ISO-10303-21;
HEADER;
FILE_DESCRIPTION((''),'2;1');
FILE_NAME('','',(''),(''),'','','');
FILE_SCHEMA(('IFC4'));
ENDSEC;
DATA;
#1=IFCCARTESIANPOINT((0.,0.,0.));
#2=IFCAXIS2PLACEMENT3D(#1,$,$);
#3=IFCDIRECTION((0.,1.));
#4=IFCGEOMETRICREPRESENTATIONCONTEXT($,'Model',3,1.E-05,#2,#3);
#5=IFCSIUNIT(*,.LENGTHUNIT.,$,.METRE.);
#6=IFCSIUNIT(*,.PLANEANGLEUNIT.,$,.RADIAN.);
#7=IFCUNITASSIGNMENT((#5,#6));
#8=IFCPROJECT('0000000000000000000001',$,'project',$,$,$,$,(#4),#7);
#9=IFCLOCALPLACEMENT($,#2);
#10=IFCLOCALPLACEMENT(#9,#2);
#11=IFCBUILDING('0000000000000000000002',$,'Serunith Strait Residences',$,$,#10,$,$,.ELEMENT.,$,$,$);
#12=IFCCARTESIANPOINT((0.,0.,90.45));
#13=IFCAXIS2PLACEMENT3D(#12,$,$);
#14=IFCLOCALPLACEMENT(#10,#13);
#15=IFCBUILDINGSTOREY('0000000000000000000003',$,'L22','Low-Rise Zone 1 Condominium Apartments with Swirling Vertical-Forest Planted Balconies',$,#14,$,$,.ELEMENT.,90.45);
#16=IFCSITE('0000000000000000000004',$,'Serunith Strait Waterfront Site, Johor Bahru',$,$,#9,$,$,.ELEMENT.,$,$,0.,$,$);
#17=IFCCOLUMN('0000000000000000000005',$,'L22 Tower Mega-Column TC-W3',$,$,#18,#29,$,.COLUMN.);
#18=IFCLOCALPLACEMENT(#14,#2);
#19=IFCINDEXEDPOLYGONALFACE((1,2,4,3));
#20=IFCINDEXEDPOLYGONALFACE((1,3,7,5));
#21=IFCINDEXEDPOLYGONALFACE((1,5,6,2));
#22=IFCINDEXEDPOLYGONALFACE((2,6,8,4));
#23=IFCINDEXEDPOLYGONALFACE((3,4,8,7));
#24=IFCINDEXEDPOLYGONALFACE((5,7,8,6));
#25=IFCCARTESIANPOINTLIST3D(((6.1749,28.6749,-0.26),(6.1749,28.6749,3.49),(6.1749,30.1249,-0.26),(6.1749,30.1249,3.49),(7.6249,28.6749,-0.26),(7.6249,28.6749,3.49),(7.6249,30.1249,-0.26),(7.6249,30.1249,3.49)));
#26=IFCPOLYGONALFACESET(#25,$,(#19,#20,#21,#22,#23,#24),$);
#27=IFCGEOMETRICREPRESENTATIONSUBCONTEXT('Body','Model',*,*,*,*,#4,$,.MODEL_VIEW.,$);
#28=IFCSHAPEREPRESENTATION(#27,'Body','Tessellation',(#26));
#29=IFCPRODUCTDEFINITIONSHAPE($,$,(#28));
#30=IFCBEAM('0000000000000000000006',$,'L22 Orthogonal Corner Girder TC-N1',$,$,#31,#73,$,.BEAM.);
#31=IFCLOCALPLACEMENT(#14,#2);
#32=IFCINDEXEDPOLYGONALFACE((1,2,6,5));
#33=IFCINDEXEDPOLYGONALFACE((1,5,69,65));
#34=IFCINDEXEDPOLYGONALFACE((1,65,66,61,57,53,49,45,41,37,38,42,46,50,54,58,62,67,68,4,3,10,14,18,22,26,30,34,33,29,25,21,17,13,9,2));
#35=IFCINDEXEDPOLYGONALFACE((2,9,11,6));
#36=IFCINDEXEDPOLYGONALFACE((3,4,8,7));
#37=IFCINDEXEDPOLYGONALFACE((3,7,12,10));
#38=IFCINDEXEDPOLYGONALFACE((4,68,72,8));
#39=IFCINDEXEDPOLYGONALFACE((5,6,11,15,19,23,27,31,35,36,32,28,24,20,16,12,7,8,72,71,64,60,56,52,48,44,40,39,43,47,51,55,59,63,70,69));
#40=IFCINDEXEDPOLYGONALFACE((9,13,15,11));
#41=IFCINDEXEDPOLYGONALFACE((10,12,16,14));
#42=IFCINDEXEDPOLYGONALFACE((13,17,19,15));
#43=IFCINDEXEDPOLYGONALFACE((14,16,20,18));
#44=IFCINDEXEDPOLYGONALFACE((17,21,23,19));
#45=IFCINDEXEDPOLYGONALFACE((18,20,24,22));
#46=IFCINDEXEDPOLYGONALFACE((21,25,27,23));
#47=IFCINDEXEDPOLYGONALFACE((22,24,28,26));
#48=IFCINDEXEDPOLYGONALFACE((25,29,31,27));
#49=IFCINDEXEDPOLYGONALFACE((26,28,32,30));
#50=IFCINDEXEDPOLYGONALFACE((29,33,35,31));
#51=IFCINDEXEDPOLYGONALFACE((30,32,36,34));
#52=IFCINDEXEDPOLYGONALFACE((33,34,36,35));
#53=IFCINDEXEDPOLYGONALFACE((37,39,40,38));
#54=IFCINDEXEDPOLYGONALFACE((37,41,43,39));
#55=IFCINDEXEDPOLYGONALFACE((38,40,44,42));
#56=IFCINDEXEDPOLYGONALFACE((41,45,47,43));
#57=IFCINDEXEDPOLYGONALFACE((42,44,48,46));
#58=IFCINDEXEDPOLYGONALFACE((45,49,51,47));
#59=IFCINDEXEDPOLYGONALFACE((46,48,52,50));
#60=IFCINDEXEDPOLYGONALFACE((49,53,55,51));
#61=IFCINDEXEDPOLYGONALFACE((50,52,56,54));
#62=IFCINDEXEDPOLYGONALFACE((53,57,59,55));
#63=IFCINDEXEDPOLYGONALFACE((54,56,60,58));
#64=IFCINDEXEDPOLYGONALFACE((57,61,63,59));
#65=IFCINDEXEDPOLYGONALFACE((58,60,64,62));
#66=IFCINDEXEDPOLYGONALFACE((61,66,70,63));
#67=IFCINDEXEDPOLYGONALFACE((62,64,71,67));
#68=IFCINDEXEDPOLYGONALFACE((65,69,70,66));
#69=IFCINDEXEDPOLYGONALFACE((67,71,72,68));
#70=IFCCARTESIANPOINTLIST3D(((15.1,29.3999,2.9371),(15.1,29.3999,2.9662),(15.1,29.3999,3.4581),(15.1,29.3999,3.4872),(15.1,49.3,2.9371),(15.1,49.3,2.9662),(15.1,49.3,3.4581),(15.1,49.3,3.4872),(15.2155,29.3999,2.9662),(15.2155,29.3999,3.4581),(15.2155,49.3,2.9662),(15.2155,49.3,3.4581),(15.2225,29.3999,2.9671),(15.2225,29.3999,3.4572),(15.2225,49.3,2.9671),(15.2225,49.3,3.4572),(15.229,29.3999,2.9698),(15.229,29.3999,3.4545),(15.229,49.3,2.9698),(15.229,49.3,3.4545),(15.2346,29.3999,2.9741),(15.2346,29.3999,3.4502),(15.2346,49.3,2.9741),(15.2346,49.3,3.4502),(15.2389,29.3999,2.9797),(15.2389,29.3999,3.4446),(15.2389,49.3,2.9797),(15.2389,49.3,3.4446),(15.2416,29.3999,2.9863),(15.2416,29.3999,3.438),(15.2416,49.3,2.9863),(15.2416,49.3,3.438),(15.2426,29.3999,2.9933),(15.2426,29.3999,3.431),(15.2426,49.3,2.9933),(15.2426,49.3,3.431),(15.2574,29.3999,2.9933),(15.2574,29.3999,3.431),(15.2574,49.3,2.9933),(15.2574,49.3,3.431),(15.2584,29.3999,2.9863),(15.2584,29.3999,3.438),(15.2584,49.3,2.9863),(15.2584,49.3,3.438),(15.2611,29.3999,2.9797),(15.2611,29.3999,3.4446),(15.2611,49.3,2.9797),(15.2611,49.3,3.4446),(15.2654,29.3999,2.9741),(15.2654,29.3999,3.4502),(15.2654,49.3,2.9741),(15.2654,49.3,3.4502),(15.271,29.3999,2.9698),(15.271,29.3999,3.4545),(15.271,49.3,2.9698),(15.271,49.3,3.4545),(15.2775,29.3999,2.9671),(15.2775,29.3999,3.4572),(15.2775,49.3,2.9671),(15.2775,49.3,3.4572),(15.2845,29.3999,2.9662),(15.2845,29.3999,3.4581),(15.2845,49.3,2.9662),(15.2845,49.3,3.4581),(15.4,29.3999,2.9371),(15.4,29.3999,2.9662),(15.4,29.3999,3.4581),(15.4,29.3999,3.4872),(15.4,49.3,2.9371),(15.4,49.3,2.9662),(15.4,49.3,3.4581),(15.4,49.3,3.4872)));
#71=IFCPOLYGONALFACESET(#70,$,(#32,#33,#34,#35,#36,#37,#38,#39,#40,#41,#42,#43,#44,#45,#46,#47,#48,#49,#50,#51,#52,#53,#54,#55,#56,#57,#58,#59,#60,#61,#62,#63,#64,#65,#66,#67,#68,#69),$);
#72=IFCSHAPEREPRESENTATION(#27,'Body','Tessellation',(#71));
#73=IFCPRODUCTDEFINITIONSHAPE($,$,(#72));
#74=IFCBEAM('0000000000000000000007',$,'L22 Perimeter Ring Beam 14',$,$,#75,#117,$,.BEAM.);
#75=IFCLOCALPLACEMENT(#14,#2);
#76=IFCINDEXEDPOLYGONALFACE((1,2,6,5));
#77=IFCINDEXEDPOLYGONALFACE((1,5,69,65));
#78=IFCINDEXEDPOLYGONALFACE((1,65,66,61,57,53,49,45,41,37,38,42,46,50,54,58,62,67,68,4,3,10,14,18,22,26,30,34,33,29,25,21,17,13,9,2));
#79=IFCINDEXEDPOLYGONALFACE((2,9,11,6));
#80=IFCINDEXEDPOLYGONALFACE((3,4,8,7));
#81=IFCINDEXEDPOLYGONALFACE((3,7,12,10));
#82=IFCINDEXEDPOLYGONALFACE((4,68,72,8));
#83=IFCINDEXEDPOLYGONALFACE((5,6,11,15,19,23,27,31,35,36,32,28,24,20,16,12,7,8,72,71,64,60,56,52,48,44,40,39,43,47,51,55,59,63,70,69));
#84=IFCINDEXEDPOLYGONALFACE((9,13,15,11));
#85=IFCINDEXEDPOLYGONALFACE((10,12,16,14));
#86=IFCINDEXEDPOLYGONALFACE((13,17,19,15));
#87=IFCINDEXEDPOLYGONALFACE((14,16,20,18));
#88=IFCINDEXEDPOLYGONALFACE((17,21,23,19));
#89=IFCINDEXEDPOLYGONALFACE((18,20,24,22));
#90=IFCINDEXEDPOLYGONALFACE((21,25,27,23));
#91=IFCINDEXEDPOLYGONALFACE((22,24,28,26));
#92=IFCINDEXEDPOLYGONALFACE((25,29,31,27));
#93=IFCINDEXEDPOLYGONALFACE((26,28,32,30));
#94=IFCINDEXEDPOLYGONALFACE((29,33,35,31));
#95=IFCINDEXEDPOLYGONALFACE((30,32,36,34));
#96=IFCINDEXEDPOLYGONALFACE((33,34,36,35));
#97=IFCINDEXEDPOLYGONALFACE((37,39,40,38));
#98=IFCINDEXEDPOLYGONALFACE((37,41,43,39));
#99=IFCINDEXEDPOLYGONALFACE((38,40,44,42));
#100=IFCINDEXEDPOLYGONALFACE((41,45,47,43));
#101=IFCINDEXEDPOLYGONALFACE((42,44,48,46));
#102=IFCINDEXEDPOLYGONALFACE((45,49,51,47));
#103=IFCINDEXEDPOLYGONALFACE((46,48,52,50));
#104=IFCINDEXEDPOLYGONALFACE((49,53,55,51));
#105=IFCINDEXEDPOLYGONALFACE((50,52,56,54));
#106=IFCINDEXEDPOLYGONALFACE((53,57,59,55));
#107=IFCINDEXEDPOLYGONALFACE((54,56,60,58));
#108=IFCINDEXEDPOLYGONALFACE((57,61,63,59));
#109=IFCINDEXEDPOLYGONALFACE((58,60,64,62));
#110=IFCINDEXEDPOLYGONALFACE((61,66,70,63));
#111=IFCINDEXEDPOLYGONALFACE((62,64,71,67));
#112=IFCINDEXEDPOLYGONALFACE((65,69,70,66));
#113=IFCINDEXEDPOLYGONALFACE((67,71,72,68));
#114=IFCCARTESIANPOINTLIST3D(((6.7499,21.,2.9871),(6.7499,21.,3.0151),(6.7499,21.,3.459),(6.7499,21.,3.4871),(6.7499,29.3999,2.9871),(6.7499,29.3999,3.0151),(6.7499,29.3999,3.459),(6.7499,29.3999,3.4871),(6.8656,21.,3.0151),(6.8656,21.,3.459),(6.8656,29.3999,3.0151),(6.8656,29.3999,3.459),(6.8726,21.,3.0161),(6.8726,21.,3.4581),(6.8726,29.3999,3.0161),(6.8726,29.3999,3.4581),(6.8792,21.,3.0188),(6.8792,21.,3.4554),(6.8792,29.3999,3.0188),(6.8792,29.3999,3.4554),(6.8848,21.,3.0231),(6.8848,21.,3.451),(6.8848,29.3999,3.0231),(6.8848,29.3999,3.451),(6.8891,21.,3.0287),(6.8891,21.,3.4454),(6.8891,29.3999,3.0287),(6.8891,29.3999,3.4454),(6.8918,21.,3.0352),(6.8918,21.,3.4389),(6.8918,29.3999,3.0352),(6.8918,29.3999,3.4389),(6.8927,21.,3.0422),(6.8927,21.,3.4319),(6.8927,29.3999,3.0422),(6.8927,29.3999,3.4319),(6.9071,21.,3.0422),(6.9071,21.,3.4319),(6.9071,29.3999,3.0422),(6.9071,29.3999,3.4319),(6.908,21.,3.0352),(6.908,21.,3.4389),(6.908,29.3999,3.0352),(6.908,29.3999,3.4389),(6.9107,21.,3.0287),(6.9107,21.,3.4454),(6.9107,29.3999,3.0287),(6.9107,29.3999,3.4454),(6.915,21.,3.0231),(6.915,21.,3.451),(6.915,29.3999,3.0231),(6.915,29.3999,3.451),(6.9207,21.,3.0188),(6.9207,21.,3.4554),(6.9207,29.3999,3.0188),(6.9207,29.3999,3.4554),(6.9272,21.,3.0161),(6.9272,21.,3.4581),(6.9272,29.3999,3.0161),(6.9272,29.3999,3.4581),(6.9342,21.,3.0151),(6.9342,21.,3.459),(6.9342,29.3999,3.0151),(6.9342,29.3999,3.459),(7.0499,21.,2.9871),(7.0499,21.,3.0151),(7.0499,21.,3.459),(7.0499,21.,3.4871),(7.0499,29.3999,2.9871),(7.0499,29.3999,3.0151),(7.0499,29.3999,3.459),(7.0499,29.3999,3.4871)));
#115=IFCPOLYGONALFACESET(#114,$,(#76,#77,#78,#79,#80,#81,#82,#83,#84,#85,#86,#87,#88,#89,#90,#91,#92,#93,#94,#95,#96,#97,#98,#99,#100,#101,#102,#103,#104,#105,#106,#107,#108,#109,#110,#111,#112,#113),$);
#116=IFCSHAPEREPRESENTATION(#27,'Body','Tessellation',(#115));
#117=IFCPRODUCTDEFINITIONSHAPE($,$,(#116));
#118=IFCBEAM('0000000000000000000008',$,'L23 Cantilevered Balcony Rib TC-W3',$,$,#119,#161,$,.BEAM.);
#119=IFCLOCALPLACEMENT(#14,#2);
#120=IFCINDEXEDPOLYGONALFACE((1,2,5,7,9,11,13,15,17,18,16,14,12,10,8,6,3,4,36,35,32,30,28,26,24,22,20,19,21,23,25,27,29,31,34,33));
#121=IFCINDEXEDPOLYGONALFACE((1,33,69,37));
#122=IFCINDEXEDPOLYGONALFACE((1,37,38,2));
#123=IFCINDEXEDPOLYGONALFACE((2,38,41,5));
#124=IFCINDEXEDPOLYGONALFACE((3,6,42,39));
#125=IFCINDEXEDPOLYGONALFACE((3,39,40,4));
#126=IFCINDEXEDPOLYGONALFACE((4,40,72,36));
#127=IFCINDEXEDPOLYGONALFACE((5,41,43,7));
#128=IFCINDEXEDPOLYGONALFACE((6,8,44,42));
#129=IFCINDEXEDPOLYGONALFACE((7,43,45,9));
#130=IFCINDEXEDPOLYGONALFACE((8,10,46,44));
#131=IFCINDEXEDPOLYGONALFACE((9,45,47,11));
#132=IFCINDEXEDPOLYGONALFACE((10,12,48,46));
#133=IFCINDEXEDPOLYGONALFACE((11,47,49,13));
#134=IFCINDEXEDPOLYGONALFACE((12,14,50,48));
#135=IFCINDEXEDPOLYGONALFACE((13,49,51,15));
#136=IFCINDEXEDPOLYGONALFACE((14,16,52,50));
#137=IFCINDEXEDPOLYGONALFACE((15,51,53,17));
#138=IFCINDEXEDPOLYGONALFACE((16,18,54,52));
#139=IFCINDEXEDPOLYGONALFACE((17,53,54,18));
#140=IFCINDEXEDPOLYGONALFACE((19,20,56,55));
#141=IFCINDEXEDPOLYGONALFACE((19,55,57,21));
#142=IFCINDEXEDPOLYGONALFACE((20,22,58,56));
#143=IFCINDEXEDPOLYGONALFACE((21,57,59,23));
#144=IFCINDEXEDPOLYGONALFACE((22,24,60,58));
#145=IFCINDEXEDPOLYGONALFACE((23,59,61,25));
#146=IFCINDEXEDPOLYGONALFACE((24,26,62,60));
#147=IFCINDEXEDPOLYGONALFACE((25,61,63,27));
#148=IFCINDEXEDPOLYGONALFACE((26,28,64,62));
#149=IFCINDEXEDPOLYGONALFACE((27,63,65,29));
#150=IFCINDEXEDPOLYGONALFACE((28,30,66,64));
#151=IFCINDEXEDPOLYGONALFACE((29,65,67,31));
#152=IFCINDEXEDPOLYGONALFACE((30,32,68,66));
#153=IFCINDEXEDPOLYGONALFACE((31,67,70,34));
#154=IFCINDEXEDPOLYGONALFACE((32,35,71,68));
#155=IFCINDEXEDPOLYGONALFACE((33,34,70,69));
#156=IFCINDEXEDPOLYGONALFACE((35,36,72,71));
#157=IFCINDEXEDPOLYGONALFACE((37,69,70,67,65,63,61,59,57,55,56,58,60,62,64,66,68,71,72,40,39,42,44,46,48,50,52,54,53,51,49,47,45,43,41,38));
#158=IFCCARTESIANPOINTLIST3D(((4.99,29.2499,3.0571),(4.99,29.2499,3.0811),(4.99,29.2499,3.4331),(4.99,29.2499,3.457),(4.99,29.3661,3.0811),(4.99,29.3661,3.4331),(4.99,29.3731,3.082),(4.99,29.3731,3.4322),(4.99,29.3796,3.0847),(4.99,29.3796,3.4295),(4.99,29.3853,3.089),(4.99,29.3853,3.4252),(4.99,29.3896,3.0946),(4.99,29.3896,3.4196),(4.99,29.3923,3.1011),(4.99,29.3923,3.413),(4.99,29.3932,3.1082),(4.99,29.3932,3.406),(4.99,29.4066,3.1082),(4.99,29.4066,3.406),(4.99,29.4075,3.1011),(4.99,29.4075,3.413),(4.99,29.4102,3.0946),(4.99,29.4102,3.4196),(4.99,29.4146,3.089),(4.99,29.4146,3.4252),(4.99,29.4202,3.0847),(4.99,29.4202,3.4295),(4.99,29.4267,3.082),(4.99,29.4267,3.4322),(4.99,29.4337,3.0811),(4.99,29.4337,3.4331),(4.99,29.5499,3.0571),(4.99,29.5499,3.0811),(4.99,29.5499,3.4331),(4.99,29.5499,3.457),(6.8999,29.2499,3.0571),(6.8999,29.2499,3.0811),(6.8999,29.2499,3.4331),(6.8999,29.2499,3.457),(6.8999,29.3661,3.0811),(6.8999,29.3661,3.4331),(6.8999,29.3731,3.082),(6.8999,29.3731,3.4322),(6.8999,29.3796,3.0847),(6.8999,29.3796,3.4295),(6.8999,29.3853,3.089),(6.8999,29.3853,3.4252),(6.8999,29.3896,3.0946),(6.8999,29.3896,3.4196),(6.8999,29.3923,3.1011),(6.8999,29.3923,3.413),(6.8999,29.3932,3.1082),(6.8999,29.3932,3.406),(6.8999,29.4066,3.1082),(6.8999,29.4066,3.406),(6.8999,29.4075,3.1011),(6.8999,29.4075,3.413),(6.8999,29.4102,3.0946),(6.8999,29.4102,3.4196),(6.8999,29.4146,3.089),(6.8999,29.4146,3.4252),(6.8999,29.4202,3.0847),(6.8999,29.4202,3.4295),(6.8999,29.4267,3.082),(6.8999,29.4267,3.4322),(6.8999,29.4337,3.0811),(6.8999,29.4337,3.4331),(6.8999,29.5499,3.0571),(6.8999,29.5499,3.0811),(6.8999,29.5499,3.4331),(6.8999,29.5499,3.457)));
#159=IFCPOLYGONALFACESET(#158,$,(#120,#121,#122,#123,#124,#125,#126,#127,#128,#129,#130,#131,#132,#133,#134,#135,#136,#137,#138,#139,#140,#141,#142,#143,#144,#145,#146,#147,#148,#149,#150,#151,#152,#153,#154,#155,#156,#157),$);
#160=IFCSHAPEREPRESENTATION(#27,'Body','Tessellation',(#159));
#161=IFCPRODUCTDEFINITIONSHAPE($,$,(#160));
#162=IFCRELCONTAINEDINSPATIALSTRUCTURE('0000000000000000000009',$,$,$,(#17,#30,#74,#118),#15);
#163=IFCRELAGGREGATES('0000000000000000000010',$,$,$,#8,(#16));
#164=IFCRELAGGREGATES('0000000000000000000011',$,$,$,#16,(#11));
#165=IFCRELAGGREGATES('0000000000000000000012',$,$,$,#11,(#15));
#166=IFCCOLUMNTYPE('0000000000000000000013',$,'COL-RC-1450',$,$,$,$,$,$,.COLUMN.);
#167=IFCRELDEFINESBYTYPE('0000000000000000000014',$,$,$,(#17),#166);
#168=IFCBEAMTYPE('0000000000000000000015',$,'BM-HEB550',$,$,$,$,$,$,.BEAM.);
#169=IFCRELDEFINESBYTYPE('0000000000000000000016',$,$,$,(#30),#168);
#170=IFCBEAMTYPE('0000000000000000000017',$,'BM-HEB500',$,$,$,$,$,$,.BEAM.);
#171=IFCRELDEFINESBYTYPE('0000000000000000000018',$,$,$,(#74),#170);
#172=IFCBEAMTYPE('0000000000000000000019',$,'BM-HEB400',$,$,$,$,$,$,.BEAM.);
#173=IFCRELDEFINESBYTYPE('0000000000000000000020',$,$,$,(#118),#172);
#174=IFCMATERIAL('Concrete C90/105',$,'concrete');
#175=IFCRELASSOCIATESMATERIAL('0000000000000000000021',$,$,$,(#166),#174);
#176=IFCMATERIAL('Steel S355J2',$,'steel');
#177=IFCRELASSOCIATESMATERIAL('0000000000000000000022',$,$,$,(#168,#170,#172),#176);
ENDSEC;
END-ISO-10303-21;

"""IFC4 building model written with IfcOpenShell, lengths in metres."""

from ifc_helpers import new_model, si_unit, direction, frame, origin, origin_2d, place, context, subcontext, project, spatial, rectangle, i_section, extrude, source, transform, mapped, material, material_profile, profile_set, type_object, element, save


model = new_model("IFC4")

# Units and contexts
model_context = context("Model", 3, precision=1e-05, world=origin(), true_north=direction((0.0, 1.0)))
body_context = subcontext(model_context, "Body", "Model", "MODEL_VIEW")
ifc_project = project(units=[si_unit("LENGTHUNIT", "METRE"), si_unit("PLANEANGLEUNIT", "RADIAN")], contexts=[model_context])

# Site, building, storey
site_placement = place(None, origin())
site = spatial("IfcSite", under=ifc_project, at=site_placement, Name="Serunith Strait Waterfront Site, Johor Bahru", CompositionType="ELEMENT", RefElevation=0.0)
building_placement = place(site_placement, origin())
building = spatial("IfcBuilding", under=site, at=building_placement, Name="Serunith Strait Residences", CompositionType="ELEMENT")
storey_placement = place(building_placement, frame((0.0, 0.0, 90.45)))
storey = spatial("IfcBuildingStorey", under=building, at=storey_placement, Name="L22", Description="Low-Rise Zone 1 Condominium Apartments with Swirling Vertical-Forest Planted Balconies", CompositionType="ELEMENT", Elevation=90.45)

# Column
ifc_material_1 = material(Name="Concrete C90/105", Category="concrete")
ifc_material_profile_1 = material_profile(ifc_material_1, rectangle(XDim=1.45, YDim=1.45, at=origin_2d()), Name="RC 1450x1450")
ifc_profile_set_1 = profile_set([ifc_material_profile_1], Name="Concrete C90/105")
column_type = type_object("IfcColumnType", Name="COL-RC-1450", PredefinedType="COLUMN", material=ifc_profile_set_1)
shared_shape_1 = source(origin(), body_context, "Body", "SweptSolid", [
    extrude(rectangle(XDim=1.45, YDim=1.45, at=origin_2d()), origin(), (0.0, 0.0, 1.0), 3.75),
])
column_placement = place(storey_placement, frame((6.8999, 29.3999, -0.26), z_axis=(0.0, 0.0, 1.0), x_axis=(1.0, 0.0, 0.0)))
element("IfcColumn", 1, at=column_placement, inside=storey, type_object=column_type, Name="L22 Tower Mega-Column TC-W3", PredefinedType="COLUMN", context=body_context, shape_type="MappedRepresentation", body=[
    mapped(shared_shape_1, transform((0.0, 0.0, 0.0), scale=1.0)),
])

# Beams
ifc_material_2 = material(Name="Steel S355J2", Category="steel")
ifc_material_profile_2 = material_profile(ifc_material_2, i_section(OverallWidth=0.3, OverallDepth=0.55, WebThickness=0.0149, FlangeThickness=0.0291, FilletRadius=0.0271, at=origin_2d()), Name="HEB 550")
ifc_profile_set_2 = profile_set([ifc_material_profile_2], Name="Steel S355J2")
beam_type_1 = type_object("IfcBeamType", Name="BM-HEB550", PredefinedType="BEAM", material=ifc_profile_set_2)
shared_shape_2 = source(origin(), body_context, "Body", "SweptSolid", [
    extrude(i_section(OverallWidth=0.3, OverallDepth=0.55, WebThickness=0.0149, FlangeThickness=0.0291, FilletRadius=0.0271, at=origin_2d()), origin(), (0.0, 0.0, 1.0), 19.9001),
])
beam_1_placement = place(storey_placement, frame((15.25, 29.3999, 3.2122), z_axis=(0.0, 1.0, 0.0), x_axis=(-1.0, 0.0, 0.0)))
element("IfcBeam", 2, at=beam_1_placement, inside=storey, type_object=beam_type_1, Name="L22 Orthogonal Corner Girder TC-N1", PredefinedType="BEAM", context=body_context, shape_type="MappedRepresentation", body=[
    mapped(shared_shape_2, transform((0.0, 0.0, 0.0), scale=1.0)),
])
ifc_material_profile_3 = material_profile(ifc_material_2, i_section(OverallWidth=0.3, OverallDepth=0.5, WebThickness=0.0144, FlangeThickness=0.0281, FilletRadius=0.0271, at=origin_2d()), Name="HEB 500")
ifc_profile_set_3 = profile_set([ifc_material_profile_3], Name="Steel S355J2")
beam_type_2 = type_object("IfcBeamType", Name="BM-HEB500", PredefinedType="BEAM", material=ifc_profile_set_3)
shared_shape_3 = source(origin(), body_context, "Body", "SweptSolid", [
    extrude(i_section(OverallWidth=0.3, OverallDepth=0.5, WebThickness=0.0144, FlangeThickness=0.0281, FilletRadius=0.0271, at=origin_2d()), origin(), (0.0, 0.0, 1.0), 8.3999),
])
beam_2_placement = place(storey_placement, frame((6.8999, 29.3999, 3.2371), z_axis=(0.0, -1.0, 0.0), x_axis=(1.0, 0.0, 0.0)))
element("IfcBeam", 3, at=beam_2_placement, inside=storey, type_object=beam_type_2, Name="L22 Perimeter Ring Beam 14", PredefinedType="BEAM", context=body_context, shape_type="MappedRepresentation", body=[
    mapped(shared_shape_3, transform((0.0, 0.0, 0.0), scale=1.0)),
])
ifc_material_profile_4 = material_profile(ifc_material_2, i_section(OverallWidth=0.3, OverallDepth=0.3999, WebThickness=0.0134, FlangeThickness=0.0239, FilletRadius=0.0271, at=origin_2d()), Name="HEB 400")
ifc_profile_set_4 = profile_set([ifc_material_profile_4], Name="Steel S355J2")
beam_type_3 = type_object("IfcBeamType", Name="BM-HEB400", PredefinedType="BEAM", material=ifc_profile_set_4)
shared_shape_4 = source(origin(), body_context, "Body", "SweptSolid", [
    extrude(i_section(OverallWidth=0.3, OverallDepth=0.3999, WebThickness=0.0134, FlangeThickness=0.0239, FilletRadius=0.0271, at=origin_2d()), origin(), (0.0, 0.0, 1.0), 1.9099),
])
beam_3_placement = place(storey_placement, frame((6.8999, 29.3999, 3.2571), z_axis=(-1.0, 0.0, 0.0), x_axis=(0.0, -1.0, 0.0)))
element("IfcBeam", 4, at=beam_3_placement, inside=storey, type_object=beam_type_3, Name="L23 Cantilevered Balcony Rib TC-W3", PredefinedType="BEAM", context=body_context, shape_type="MappedRepresentation", body=[
    mapped(shared_shape_4, transform((0.0, 0.0, 0.0), scale=1.0)),
])

save(model, "model.ifc")
